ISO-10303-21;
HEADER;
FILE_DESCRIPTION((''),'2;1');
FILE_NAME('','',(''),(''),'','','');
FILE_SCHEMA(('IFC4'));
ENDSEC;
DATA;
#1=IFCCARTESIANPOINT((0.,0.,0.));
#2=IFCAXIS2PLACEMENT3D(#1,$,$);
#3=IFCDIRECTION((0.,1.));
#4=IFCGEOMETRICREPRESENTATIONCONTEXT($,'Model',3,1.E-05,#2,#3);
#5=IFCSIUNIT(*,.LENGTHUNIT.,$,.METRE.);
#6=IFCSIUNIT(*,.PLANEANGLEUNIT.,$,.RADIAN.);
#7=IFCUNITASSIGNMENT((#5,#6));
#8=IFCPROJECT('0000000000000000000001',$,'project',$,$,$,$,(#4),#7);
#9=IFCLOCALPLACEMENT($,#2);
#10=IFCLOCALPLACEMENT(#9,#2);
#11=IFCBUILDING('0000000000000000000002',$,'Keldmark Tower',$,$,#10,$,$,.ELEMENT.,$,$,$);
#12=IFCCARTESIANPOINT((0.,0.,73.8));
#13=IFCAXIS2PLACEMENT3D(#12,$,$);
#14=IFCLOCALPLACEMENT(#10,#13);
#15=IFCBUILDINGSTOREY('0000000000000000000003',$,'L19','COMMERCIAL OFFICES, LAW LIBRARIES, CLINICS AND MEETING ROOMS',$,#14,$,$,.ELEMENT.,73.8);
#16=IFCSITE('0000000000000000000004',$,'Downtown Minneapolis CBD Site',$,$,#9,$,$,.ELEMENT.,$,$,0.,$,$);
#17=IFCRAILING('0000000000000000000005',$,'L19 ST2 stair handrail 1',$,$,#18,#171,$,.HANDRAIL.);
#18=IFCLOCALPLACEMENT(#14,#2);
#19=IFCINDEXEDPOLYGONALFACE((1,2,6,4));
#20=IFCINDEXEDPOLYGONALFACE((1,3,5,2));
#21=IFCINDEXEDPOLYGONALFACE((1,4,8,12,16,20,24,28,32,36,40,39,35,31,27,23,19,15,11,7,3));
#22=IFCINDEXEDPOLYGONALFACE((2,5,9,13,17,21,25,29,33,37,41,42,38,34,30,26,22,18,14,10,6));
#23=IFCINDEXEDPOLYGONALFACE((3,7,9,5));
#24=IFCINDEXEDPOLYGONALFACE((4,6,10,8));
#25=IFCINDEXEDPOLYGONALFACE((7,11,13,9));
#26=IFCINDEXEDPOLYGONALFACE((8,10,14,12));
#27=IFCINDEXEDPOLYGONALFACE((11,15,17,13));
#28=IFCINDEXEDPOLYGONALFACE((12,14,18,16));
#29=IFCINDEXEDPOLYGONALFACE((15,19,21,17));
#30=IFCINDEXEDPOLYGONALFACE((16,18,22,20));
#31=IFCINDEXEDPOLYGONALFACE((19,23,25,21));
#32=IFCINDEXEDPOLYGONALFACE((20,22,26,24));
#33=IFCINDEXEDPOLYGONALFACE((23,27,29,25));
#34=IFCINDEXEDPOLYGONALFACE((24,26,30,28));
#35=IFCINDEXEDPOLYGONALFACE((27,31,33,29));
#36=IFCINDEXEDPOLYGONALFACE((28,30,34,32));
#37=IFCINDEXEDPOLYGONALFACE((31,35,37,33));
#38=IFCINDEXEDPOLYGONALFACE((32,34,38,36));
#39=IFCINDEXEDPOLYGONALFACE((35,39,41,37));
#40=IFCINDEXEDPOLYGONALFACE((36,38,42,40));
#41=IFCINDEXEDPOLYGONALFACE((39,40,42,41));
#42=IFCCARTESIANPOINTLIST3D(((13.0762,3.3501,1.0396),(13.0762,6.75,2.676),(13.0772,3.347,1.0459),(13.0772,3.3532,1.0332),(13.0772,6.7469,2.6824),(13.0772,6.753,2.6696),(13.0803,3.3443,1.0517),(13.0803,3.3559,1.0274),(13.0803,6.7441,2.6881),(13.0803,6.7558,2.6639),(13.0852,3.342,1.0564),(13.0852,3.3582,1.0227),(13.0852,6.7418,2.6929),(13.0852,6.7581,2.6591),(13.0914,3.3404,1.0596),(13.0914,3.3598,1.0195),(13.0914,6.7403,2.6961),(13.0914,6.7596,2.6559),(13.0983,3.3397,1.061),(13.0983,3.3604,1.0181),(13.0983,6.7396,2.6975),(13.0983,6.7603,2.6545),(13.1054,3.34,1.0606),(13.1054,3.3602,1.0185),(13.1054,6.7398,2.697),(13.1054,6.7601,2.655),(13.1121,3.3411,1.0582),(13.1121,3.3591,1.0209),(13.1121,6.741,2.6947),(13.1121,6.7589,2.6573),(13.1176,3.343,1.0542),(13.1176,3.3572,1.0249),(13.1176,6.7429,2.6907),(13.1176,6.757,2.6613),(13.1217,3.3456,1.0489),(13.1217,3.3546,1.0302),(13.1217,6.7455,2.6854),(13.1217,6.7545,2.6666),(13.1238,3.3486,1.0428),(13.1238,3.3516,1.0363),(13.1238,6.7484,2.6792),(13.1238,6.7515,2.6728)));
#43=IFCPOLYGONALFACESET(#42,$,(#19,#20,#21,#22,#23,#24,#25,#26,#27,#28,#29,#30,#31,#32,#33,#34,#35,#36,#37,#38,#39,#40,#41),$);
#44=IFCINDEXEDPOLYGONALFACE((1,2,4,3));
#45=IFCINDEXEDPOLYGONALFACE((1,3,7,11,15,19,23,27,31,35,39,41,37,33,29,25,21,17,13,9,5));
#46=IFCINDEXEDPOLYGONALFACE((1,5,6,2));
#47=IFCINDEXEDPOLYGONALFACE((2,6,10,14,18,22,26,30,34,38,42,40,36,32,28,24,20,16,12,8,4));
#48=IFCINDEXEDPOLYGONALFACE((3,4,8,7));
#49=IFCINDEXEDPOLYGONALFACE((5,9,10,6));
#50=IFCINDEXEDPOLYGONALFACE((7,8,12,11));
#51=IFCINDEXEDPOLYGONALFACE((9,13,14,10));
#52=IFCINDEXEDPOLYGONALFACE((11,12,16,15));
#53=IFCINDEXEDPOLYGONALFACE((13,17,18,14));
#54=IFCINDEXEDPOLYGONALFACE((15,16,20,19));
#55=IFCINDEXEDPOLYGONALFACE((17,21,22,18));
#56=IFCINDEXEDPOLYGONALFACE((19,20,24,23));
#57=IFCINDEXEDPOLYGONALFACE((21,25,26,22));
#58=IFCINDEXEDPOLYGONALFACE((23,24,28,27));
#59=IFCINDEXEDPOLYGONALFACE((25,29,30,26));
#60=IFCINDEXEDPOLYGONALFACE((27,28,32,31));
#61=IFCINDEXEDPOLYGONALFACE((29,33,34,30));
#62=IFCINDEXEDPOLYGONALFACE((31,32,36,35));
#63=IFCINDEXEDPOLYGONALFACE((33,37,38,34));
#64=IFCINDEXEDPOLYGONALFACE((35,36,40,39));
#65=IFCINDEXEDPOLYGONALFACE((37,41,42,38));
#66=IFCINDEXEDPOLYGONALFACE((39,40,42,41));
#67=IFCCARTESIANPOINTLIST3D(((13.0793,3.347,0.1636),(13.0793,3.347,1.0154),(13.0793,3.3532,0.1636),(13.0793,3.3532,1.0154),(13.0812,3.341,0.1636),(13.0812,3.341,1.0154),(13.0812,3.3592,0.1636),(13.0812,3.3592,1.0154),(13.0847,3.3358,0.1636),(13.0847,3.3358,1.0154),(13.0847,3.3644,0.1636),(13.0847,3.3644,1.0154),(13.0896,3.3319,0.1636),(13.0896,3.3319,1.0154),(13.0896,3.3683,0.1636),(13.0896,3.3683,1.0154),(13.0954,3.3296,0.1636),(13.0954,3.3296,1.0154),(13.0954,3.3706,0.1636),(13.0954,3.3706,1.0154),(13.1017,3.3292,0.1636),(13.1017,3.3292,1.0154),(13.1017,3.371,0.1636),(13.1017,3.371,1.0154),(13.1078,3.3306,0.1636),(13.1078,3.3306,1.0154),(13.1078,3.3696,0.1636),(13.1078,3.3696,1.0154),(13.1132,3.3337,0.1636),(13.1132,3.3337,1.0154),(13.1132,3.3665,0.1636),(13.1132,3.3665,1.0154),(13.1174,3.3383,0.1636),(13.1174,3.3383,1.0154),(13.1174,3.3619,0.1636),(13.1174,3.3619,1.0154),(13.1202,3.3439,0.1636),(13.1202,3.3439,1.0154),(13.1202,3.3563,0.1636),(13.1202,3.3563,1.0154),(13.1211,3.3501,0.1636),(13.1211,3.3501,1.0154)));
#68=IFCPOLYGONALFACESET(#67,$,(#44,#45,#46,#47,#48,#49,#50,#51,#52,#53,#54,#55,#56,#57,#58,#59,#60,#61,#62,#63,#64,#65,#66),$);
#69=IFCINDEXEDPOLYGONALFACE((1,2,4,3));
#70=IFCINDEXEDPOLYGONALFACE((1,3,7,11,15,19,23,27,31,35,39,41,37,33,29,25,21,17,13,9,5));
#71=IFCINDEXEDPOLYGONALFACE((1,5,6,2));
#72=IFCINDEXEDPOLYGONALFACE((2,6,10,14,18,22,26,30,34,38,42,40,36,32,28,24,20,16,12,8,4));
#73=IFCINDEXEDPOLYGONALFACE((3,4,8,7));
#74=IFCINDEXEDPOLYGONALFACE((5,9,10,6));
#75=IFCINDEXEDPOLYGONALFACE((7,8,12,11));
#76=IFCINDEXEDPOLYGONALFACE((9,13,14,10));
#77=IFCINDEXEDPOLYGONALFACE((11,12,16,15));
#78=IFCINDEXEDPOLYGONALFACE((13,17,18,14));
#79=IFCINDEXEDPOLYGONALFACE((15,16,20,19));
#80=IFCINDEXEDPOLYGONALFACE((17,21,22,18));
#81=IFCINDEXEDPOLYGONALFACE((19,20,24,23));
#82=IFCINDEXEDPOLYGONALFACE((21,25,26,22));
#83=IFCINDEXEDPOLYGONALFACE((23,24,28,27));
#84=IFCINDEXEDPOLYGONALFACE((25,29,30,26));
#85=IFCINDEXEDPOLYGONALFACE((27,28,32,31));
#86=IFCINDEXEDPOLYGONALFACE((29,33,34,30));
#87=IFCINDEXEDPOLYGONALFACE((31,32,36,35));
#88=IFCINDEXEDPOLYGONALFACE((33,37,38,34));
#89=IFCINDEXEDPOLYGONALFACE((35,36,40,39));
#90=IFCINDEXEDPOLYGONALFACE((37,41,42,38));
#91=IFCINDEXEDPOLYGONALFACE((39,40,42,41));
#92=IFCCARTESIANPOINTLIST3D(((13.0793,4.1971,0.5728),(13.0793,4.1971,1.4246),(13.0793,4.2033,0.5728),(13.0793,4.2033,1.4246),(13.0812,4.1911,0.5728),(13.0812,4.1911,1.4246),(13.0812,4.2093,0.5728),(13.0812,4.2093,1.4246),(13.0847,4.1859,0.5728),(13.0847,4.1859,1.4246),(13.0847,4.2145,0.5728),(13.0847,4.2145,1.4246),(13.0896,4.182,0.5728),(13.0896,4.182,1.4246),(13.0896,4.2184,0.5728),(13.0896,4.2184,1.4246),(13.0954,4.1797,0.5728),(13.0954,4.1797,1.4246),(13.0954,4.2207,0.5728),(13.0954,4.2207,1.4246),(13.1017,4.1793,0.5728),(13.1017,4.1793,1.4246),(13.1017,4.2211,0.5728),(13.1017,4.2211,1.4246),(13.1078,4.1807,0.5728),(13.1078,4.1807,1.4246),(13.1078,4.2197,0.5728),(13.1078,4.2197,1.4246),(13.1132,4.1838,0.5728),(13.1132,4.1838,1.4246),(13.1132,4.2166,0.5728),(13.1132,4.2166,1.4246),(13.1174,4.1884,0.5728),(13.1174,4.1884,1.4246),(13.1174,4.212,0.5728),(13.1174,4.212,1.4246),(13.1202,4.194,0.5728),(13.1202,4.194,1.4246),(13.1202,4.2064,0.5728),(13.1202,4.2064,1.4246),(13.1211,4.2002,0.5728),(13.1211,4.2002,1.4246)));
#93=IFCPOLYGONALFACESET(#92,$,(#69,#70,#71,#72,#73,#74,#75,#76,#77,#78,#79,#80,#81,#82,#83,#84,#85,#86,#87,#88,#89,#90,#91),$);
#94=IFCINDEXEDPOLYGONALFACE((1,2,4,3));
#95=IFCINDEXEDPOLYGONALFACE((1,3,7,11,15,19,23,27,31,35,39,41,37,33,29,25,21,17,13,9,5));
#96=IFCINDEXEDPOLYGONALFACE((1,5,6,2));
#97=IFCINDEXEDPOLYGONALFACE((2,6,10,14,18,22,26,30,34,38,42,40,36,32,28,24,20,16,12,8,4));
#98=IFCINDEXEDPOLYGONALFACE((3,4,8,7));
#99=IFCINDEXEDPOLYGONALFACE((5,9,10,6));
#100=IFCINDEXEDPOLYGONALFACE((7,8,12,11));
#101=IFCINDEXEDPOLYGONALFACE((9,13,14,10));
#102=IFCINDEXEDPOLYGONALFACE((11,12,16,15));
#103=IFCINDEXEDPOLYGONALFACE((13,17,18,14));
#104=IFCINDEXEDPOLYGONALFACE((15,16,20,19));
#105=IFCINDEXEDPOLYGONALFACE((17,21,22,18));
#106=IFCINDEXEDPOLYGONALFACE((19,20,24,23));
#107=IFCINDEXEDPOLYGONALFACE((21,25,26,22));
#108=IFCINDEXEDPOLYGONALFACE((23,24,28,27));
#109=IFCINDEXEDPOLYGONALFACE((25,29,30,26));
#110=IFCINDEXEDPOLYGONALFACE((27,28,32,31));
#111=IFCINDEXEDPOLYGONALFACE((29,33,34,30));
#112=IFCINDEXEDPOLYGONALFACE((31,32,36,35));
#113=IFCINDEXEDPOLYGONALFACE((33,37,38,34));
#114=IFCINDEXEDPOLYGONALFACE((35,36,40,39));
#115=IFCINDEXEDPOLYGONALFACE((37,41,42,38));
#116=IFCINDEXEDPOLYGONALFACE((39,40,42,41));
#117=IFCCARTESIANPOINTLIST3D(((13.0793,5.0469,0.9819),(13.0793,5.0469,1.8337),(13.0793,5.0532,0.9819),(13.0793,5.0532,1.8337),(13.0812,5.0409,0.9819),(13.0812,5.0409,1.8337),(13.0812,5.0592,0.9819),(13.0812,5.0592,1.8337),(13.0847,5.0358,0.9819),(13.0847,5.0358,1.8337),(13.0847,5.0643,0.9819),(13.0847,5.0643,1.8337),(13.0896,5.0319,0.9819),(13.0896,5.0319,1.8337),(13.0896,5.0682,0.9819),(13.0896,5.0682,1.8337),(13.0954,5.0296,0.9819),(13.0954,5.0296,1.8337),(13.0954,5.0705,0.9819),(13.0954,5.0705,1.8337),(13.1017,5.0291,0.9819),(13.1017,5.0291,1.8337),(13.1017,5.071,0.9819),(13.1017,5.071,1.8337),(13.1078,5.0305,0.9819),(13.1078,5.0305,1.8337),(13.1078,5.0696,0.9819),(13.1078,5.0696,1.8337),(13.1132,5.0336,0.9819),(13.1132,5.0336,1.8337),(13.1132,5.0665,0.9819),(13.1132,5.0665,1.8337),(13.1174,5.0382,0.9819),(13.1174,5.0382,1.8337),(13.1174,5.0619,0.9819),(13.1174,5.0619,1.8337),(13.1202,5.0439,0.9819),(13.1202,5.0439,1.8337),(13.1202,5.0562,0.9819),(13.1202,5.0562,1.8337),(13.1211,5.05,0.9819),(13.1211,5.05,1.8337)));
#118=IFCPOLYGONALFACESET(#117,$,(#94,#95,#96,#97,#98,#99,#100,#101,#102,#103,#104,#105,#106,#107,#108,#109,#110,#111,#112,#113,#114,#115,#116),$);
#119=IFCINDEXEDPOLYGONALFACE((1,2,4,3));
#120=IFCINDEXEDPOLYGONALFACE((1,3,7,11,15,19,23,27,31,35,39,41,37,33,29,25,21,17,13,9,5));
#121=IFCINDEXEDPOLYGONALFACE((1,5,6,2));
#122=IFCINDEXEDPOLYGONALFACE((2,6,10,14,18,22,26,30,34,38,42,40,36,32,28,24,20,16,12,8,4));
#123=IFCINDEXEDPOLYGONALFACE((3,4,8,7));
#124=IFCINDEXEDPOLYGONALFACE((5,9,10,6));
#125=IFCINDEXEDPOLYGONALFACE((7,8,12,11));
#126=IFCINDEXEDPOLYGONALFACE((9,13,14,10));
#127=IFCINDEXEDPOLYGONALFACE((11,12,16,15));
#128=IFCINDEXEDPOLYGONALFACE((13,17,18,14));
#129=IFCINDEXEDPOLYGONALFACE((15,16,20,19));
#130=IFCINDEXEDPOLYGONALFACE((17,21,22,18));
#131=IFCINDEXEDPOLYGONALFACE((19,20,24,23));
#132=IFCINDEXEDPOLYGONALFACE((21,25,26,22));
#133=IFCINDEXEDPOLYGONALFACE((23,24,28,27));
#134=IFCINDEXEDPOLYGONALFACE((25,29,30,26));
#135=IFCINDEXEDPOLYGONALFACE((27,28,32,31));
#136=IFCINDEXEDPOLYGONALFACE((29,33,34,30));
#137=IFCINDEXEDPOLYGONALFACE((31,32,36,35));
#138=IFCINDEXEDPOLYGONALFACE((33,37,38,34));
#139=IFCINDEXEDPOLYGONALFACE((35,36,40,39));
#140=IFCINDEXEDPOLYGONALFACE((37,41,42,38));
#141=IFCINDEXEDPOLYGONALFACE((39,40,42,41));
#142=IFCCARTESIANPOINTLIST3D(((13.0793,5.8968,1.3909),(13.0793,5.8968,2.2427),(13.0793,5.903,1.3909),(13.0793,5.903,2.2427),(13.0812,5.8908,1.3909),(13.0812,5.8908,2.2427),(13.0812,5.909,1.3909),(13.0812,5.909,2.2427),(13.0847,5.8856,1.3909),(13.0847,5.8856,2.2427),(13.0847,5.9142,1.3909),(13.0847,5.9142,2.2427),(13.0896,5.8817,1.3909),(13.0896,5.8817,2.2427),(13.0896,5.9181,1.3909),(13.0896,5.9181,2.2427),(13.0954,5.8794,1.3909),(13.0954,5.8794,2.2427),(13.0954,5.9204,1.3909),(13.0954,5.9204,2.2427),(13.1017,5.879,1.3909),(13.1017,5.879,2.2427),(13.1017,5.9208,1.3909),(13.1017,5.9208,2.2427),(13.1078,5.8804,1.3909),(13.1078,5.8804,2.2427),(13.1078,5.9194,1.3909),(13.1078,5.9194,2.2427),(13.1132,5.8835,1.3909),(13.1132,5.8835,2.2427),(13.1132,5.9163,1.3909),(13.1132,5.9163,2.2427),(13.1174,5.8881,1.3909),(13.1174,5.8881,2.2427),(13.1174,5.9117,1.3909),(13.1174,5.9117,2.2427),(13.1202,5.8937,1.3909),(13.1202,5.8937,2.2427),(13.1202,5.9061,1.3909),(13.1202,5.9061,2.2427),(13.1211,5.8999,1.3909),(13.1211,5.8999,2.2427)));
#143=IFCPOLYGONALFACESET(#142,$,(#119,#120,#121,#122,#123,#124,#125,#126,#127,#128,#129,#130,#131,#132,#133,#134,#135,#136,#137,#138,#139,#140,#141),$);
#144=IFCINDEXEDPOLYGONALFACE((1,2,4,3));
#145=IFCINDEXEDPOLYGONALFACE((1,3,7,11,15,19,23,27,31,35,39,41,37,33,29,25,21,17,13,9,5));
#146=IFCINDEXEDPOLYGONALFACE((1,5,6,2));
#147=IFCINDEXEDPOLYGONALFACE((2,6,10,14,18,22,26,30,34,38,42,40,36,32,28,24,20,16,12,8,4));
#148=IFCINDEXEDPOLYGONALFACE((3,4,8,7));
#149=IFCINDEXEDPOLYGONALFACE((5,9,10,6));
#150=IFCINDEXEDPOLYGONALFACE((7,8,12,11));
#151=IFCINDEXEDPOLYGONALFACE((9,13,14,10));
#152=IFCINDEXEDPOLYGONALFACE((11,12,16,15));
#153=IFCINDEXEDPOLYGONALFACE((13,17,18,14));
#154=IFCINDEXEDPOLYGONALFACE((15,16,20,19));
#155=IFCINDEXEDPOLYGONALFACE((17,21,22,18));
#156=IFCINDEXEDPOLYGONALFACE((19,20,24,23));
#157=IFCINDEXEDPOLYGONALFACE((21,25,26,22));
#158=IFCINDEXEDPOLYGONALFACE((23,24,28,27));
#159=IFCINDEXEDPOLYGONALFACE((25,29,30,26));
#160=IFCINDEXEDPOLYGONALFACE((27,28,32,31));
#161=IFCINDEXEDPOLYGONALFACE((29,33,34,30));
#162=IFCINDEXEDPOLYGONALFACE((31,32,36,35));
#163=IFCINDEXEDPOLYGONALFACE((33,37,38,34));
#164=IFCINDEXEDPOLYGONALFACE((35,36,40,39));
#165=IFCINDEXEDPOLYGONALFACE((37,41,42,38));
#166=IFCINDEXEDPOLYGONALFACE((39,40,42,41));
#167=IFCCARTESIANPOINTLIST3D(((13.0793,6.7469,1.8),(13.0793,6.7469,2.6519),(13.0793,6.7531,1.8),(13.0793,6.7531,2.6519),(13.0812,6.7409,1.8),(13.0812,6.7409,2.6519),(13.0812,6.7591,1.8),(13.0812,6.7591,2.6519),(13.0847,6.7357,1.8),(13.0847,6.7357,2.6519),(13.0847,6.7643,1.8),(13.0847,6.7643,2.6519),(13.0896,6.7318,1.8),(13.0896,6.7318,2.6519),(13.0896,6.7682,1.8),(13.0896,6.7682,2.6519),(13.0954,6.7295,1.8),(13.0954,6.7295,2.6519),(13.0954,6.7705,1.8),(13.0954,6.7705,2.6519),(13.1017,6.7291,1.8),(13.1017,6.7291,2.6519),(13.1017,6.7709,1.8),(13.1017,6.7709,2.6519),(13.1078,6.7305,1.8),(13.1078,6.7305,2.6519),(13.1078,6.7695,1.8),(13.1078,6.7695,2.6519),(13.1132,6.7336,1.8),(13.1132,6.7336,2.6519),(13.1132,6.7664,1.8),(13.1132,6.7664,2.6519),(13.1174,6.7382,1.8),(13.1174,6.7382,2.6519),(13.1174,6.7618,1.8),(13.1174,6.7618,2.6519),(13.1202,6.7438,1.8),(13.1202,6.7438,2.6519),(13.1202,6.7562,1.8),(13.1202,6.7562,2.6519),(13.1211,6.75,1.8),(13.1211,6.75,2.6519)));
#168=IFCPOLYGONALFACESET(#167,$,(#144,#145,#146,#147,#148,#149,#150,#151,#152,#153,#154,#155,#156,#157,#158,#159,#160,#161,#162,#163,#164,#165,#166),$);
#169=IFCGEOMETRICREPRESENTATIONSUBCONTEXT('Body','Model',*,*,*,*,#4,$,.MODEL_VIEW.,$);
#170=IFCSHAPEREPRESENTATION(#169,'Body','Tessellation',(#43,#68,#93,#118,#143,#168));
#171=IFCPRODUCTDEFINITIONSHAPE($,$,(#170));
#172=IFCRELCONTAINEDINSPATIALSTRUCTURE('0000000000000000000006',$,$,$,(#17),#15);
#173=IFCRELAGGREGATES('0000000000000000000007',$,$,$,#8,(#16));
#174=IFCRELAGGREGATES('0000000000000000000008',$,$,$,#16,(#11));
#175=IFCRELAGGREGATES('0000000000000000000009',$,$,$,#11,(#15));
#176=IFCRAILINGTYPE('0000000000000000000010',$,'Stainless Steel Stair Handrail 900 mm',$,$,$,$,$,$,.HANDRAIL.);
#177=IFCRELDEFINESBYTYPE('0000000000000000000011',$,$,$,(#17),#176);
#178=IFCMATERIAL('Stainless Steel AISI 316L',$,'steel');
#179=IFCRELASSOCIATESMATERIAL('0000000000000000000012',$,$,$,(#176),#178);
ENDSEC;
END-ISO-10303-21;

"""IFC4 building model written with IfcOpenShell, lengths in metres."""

from ifc_helpers import new_model, si_unit, direction, frame, origin, origin_2d, place, context, subcontext, project, spatial, circle, extrude, material, type_object, element, save


model = new_model("IFC4")

# Units and contexts
model_context = context("Model", 3, precision=1e-05, world=origin(), true_north=direction((0.0, 1.0)))
body_context = subcontext(model_context, "Body", "Model", "MODEL_VIEW")
ifc_project = project(units=[si_unit("LENGTHUNIT", "METRE"), si_unit("PLANEANGLEUNIT", "RADIAN")], contexts=[model_context])

# Site, building, storey
site_placement = place(None, origin())
site = spatial("IfcSite", under=ifc_project, at=site_placement, Name="Downtown Minneapolis CBD Site", CompositionType="ELEMENT", RefElevation=0.0)
building_placement = place(site_placement, origin())
building = spatial("IfcBuilding", under=site, at=building_placement, Name="Keldmark Tower", CompositionType="ELEMENT")
storey_placement = place(building_placement, frame((0.0, 0.0, 73.8)))
storey = spatial("IfcBuildingStorey", under=building, at=storey_placement, Name="L19", Description="COMMERCIAL OFFICES, LAW LIBRARIES, CLINICS AND MEETING ROOMS", CompositionType="ELEMENT", Elevation=73.8)

# Railing
ifc_material_1 = material(Name="Stainless Steel AISI 316L", Category="steel")
railing_type = type_object("IfcRailingType", Name="Stainless Steel Stair Handrail 900 mm", PredefinedType="HANDRAIL", material=ifc_material_1)
railing_placement = place(storey_placement, frame((13.1001, 3.3501, 0.1636)))
element("IfcRailing", 1, at=railing_placement, inside=storey, type_object=railing_type, Name="L19 ST2 stair handrail 1", PredefinedType="HANDRAIL", context=body_context, shape_type="SweptSolid", body=[
    extrude(circle(Radius=0.0239, at=origin_2d()), frame((0.0, 0.0, 0.876), z_axis=(0.0, 0.901055, 0.433705), x_axis=(-1.0, 0.0, 0.0)), (0.0, 0.0, 1.0), 3.7732),
    extrude(circle(Radius=0.021, at=origin_2d()), origin(), (0.0, 0.0, 1.0), 0.8518),
    extrude(circle(Radius=0.021, at=origin_2d()), frame((0.0, 0.8501, 0.4092)), (0.0, 0.0, 1.0), 0.8518),
    extrude(circle(Radius=0.021, at=origin_2d()), frame((0.0, 1.7, 0.8184)), (0.0, 0.0, 1.0), 0.8518),
    extrude(circle(Radius=0.021, at=origin_2d()), frame((0.0, 2.5498, 1.2273)), (0.0, 0.0, 1.0), 0.8518),
    extrude(circle(Radius=0.021, at=origin_2d()), frame((0.0, 3.3999, 1.6365)), (0.0, 0.0, 1.0), 0.8518),
])

save(model, "model.ifc")
